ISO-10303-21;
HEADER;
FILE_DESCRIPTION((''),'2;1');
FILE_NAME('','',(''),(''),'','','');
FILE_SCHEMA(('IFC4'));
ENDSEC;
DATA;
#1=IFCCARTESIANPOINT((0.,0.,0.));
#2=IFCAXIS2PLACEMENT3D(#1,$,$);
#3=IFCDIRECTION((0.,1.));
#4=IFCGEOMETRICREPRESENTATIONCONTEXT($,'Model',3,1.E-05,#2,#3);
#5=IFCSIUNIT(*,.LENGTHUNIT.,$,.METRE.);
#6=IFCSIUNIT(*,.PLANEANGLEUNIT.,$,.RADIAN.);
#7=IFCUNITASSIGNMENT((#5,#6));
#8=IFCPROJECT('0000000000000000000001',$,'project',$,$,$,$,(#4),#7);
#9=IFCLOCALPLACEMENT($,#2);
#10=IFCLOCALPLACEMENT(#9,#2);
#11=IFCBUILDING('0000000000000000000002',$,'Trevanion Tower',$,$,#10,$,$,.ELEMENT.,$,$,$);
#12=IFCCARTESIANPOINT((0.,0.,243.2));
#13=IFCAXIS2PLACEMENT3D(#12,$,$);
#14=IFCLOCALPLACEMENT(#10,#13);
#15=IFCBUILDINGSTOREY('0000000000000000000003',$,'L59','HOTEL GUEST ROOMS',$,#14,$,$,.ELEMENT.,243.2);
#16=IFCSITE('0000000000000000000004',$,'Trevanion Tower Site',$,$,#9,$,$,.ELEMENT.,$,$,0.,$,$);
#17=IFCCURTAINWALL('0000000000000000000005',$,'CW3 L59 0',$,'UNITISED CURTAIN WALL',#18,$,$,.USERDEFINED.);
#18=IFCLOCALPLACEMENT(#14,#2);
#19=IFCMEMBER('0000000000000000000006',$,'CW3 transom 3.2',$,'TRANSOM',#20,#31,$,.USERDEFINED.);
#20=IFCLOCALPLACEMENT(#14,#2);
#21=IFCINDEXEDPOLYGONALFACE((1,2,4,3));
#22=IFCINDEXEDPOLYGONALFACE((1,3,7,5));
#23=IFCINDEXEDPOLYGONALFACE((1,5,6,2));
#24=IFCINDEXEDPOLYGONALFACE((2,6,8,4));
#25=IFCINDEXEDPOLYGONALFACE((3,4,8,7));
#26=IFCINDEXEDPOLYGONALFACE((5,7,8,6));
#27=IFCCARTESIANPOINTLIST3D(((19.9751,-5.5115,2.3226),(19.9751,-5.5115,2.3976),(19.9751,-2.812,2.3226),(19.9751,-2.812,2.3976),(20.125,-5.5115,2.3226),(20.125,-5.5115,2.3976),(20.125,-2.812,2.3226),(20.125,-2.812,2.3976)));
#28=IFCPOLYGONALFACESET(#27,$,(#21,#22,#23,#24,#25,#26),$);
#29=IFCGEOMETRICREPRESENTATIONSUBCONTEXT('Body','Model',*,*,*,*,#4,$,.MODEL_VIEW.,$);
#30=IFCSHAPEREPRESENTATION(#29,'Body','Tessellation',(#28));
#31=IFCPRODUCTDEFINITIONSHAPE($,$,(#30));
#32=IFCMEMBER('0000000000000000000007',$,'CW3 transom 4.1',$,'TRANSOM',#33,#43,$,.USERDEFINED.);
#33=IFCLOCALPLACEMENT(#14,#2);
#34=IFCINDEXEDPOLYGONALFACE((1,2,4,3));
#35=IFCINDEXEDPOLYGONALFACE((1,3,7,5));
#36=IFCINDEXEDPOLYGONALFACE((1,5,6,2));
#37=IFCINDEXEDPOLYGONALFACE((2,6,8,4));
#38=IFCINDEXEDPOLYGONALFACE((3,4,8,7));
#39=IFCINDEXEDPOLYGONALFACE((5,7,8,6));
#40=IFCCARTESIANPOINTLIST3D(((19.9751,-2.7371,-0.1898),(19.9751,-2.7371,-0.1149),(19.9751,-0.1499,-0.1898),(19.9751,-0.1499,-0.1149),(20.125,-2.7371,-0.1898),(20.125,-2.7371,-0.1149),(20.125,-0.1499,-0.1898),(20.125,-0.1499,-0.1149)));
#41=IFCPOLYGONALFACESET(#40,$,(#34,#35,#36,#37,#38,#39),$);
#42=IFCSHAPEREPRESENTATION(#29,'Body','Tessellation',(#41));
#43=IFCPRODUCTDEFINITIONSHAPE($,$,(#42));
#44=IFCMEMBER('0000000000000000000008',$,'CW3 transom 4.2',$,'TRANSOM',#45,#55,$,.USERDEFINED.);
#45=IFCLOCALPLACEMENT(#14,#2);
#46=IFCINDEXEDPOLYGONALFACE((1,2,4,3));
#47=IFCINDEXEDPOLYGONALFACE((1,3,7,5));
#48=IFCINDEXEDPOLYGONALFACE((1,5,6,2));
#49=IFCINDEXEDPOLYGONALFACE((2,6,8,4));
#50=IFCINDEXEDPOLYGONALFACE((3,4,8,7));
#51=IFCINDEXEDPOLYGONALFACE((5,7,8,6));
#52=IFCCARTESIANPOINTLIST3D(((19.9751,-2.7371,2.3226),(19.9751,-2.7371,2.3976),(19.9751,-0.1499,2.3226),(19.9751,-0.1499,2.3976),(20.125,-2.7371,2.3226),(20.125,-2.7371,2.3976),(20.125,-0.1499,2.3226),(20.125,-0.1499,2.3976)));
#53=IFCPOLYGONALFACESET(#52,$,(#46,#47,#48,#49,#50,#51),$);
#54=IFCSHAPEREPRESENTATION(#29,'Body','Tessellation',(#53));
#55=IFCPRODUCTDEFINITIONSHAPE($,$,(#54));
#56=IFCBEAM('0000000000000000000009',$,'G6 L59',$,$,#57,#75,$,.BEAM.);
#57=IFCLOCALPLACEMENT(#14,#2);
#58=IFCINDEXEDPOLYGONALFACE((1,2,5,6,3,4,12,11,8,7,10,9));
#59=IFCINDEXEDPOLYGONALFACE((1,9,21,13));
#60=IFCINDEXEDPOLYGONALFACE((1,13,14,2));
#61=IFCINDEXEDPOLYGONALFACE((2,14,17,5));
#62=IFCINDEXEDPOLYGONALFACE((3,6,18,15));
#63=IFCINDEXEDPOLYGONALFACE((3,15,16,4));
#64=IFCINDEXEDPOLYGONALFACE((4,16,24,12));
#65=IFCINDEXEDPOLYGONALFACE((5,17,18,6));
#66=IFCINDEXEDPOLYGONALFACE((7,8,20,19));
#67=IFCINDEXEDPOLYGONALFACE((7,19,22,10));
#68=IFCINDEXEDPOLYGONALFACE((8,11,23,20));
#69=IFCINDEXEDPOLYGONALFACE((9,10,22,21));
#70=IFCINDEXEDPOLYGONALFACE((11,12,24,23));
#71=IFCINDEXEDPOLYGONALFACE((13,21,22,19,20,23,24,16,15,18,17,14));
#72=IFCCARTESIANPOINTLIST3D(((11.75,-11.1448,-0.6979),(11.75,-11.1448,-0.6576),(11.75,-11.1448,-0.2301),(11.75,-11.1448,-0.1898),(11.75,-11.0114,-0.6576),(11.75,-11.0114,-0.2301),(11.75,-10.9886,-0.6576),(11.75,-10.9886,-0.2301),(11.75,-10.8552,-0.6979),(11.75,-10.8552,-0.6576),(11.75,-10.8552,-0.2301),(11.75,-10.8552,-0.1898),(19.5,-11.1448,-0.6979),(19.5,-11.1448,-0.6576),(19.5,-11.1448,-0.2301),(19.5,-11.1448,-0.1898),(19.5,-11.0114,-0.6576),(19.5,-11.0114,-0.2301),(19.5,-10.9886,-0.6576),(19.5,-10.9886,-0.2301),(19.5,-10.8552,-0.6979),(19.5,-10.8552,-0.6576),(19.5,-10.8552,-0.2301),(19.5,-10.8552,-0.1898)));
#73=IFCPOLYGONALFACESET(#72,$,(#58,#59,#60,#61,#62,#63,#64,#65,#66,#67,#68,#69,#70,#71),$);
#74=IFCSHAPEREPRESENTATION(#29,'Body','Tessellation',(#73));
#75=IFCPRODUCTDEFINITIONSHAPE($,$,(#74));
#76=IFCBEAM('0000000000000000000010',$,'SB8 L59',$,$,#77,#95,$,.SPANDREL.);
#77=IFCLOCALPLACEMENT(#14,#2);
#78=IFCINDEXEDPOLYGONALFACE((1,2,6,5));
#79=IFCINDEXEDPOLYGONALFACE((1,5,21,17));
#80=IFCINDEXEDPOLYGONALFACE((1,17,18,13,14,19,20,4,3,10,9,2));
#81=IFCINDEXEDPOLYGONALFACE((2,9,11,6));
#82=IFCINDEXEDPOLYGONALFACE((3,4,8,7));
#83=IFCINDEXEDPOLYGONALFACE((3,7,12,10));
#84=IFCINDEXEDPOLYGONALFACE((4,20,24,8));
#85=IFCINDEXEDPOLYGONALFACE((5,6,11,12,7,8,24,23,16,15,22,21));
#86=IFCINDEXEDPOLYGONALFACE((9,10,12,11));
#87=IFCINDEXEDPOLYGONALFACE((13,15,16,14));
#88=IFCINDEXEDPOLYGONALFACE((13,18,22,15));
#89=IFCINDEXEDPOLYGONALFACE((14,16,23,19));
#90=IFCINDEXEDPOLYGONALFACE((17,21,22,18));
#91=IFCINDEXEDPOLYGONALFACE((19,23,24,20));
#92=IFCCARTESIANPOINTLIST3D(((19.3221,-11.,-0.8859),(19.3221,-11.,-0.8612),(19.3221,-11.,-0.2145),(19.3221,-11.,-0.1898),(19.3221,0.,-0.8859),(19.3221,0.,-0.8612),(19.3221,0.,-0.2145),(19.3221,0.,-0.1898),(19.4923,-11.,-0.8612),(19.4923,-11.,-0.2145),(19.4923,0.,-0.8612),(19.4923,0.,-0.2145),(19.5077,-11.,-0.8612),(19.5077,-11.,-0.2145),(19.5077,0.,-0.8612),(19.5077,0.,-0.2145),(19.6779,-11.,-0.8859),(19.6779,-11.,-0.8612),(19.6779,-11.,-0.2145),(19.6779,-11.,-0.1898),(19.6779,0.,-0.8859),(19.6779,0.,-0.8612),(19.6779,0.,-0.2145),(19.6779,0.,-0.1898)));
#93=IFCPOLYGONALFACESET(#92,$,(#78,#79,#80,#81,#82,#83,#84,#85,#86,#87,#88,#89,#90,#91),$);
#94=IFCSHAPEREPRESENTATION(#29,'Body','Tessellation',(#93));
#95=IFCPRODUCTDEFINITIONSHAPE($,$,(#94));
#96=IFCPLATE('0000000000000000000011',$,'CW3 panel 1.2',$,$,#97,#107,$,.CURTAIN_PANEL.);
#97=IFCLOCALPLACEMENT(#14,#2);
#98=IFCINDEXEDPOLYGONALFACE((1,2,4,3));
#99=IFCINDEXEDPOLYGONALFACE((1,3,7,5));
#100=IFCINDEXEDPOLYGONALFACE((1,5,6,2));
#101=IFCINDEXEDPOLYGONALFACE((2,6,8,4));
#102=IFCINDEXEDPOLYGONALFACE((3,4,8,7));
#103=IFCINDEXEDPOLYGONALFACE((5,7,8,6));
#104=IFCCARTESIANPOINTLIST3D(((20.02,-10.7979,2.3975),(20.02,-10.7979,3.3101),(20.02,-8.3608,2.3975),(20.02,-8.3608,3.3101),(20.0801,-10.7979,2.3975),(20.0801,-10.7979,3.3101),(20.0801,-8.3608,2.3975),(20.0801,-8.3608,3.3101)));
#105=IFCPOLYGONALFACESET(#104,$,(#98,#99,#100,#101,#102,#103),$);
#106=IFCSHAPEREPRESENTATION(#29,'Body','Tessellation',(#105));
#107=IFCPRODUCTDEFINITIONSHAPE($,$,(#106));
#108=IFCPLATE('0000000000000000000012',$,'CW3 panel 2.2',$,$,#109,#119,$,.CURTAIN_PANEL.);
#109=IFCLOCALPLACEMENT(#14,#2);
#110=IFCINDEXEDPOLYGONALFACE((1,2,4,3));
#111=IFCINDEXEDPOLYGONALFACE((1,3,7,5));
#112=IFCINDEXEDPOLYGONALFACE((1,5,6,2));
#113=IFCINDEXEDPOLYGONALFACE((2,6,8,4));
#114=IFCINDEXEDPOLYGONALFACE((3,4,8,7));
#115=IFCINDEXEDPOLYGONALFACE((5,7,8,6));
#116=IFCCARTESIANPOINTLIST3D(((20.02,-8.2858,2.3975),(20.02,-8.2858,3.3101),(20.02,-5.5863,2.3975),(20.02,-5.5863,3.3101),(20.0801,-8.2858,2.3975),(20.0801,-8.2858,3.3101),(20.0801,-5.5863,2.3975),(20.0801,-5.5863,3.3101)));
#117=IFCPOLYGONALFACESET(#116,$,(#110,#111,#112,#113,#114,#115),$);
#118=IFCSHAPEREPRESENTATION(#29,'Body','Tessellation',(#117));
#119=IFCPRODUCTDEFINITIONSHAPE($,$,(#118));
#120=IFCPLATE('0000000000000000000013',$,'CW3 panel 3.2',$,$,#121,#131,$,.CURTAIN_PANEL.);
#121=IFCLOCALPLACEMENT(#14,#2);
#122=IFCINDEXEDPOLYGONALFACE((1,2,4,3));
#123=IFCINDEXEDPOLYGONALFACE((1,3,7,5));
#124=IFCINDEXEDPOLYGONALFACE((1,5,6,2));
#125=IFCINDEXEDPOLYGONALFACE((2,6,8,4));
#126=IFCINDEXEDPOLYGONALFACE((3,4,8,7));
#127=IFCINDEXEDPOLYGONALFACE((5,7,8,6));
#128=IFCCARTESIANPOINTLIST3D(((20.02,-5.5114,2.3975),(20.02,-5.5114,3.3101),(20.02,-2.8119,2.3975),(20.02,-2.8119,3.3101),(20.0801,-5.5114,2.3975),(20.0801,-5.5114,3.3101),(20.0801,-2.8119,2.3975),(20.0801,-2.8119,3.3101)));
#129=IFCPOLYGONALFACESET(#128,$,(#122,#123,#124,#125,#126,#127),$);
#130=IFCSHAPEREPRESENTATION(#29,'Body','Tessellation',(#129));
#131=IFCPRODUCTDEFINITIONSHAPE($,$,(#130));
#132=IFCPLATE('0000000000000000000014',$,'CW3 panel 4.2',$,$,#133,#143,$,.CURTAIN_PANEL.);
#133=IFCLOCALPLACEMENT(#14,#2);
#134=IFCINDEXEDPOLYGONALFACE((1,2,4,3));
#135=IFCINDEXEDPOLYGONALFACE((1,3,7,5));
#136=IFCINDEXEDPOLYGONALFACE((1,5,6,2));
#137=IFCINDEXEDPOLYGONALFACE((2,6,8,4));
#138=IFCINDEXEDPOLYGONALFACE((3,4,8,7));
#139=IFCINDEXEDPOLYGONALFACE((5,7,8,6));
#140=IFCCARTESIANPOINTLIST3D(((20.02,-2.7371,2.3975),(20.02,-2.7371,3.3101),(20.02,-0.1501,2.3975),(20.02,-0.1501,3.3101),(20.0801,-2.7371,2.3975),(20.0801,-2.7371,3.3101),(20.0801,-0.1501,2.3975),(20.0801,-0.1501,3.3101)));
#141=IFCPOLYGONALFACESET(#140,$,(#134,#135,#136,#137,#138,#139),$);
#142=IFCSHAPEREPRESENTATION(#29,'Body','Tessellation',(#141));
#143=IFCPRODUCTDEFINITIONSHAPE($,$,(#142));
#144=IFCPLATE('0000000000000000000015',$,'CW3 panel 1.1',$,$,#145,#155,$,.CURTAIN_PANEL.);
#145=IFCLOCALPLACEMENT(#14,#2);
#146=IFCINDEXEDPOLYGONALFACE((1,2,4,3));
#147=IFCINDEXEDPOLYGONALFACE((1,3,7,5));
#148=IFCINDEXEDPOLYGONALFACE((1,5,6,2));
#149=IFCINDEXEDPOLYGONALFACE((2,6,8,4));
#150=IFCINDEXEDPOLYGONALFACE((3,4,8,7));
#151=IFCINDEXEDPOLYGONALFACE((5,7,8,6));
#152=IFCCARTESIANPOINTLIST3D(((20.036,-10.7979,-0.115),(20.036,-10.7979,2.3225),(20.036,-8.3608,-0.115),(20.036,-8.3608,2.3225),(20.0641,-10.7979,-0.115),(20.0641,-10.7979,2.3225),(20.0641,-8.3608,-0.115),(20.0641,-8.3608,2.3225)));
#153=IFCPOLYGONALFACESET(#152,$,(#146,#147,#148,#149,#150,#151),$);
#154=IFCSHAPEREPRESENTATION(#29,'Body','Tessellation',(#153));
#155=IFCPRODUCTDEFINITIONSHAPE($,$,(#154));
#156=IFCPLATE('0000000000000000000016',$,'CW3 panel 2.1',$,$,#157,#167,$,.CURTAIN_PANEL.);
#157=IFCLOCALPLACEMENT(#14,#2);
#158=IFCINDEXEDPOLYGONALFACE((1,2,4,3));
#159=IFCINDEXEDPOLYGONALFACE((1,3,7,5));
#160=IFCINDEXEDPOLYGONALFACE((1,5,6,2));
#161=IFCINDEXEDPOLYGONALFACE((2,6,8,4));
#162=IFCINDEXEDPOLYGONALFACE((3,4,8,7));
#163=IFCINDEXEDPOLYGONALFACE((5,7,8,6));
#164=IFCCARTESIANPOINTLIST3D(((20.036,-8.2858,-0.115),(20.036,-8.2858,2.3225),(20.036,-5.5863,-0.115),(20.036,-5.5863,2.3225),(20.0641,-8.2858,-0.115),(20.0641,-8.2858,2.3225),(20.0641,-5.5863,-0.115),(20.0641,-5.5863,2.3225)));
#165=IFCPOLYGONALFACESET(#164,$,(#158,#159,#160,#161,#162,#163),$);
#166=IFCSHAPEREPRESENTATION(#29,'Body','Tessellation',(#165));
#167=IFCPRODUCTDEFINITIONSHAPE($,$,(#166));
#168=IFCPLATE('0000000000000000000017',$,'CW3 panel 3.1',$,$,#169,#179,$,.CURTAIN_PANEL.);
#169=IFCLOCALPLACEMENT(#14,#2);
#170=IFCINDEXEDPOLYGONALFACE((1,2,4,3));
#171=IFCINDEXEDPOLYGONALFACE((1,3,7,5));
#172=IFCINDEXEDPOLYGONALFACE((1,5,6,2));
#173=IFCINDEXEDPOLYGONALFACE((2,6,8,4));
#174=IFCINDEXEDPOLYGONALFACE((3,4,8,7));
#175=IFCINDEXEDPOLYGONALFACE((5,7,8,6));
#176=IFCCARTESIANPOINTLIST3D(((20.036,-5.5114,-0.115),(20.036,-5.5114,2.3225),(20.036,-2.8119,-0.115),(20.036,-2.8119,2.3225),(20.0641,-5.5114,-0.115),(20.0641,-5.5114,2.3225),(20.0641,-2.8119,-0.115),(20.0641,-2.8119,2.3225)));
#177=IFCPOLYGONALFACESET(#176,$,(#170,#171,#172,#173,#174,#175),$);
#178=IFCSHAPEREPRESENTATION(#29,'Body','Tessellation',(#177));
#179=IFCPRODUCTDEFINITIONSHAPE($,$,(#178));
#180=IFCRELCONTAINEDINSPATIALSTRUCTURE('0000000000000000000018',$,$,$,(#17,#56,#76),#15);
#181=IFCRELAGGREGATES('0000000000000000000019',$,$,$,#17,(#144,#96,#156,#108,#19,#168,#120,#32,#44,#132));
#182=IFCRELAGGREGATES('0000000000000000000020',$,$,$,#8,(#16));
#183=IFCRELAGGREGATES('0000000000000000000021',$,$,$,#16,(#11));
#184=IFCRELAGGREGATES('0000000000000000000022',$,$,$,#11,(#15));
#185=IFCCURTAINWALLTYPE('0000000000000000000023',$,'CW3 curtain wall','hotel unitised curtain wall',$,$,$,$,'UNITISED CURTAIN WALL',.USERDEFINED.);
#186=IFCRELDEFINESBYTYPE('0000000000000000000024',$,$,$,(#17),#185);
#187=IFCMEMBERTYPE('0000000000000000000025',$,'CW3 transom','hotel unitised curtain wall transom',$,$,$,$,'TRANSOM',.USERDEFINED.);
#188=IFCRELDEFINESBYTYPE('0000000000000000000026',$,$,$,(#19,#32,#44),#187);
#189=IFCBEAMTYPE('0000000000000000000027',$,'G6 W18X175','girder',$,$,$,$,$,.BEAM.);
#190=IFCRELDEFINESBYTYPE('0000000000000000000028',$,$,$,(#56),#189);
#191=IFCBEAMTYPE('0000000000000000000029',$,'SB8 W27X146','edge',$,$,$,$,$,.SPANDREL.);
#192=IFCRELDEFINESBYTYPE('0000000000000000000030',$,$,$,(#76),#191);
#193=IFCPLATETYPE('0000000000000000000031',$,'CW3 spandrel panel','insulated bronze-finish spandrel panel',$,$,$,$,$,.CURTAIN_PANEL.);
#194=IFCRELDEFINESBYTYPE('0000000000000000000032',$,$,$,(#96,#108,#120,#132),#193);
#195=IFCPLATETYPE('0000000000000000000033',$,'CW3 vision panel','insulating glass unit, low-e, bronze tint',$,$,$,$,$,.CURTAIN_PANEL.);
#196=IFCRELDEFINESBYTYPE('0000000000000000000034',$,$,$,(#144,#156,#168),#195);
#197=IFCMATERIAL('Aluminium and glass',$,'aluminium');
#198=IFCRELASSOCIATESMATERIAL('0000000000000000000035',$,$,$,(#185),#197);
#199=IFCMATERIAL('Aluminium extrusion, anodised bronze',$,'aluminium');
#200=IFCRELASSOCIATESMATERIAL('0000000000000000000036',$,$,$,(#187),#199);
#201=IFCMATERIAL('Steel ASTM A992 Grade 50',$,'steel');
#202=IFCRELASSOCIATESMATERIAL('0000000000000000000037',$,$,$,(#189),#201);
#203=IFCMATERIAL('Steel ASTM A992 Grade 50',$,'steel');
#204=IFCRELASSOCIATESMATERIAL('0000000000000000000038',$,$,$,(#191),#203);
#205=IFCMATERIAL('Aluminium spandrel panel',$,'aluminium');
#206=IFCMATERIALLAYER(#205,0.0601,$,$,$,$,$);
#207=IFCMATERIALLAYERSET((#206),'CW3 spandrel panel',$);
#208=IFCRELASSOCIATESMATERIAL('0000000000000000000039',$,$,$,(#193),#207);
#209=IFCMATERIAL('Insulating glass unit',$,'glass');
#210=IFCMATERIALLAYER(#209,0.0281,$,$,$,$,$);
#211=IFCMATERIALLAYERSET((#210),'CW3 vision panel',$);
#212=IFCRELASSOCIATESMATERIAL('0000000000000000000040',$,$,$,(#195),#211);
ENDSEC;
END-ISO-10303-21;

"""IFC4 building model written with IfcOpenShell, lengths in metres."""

from ifc_helpers import new_model, si_unit, direction, frame, origin, origin_2d, place, context, subcontext, project, spatial, rectangle, i_section, extrude, material, layer, layer_set, material_profile, profile_set, type_object, element, aggregate, save


model = new_model("IFC4")

# Units and contexts
model_context = context("Model", 3, precision=1e-05, world=origin(), true_north=direction((0.0, 1.0)))
body_context = subcontext(model_context, "Body", "Model", "MODEL_VIEW")
ifc_project = project(units=[si_unit("LENGTHUNIT", "METRE"), si_unit("PLANEANGLEUNIT", "RADIAN")], contexts=[model_context])

# Site, building, storey
site_placement = place(None, origin())
site = spatial("IfcSite", under=ifc_project, at=site_placement, Name="Trevanion Tower Site", CompositionType="ELEMENT", RefElevation=0.0)
building_placement = place(site_placement, origin())
building = spatial("IfcBuilding", under=site, at=building_placement, Name="Trevanion Tower", CompositionType="ELEMENT")
storey_placement = place(building_placement, frame((0.0, 0.0, 243.2)))
storey = spatial("IfcBuildingStorey", under=building, at=storey_placement, Name="L59", Description="HOTEL GUEST ROOMS", CompositionType="ELEMENT", Elevation=243.2)

# Curtain wall, members
ifc_material_1 = material(Name="Aluminium and glass", Category="aluminium")
curtain_wall_type = type_object("IfcCurtainWallType", Name="CW3 curtain wall", Description="hotel unitised curtain wall", ElementType="UNITISED CURTAIN WALL", PredefinedType="USERDEFINED", material=ifc_material_1)
curtain_wall_placement = place(storey_placement, origin())
curtain_wall = element("IfcCurtainWall", 1, at=curtain_wall_placement, inside=storey, type_object=curtain_wall_type, Name="CW3 L59 0", ObjectType="UNITISED CURTAIN WALL", PredefinedType="USERDEFINED")
ifc_material_2 = material(Name="Aluminium extrusion, anodised bronze", Category="aluminium")
ifc_material_profile_1 = material_profile(ifc_material_2, rectangle(XDim=0.1499, YDim=0.075, at=origin_2d()), Name="CW3 transom")
ifc_profile_set_1 = profile_set([ifc_material_profile_1], Name="Aluminium extrusion, anodised bronze")
member_type_1 = type_object("IfcMemberType", Name="CW3 transom", Description="hotel unitised curtain wall transom", ElementType="TRANSOM", PredefinedType="USERDEFINED", material=ifc_profile_set_1)
member_1_placement = place(storey_placement, frame((20.05, -5.5115, 2.3601), z_axis=(0.0, 1.0, 0.0), x_axis=(-1.0, 0.0, 0.0)))
member_1 = element("IfcMember", 2, at=member_1_placement, type_object=member_type_1, Name="CW3 transom 3.2", ObjectType="TRANSOM", PredefinedType="USERDEFINED", context=body_context, shape_type="SweptSolid", body=[
    extrude(rectangle(XDim=0.1499, YDim=0.075, at=origin_2d()), origin(), (0.0, 0.0, 1.0), 2.6995),
])
member_2_placement = place(storey_placement, frame((20.05, -2.7371, -0.1523), z_axis=(0.0, 1.0, 0.0), x_axis=(-1.0, 0.0, 0.0)))
member_2 = element("IfcMember", 3, at=member_2_placement, type_object=member_type_1, Name="CW3 transom 4.1", ObjectType="TRANSOM", PredefinedType="USERDEFINED", context=body_context, shape_type="SweptSolid", body=[
    extrude(rectangle(XDim=0.1499, YDim=0.075, at=origin_2d()), origin(), (0.0, 0.0, 1.0), 2.5872),
])
member_3_placement = place(storey_placement, frame((20.05, -2.7371, 2.3601), z_axis=(0.0, 1.0, 0.0), x_axis=(-1.0, 0.0, 0.0)))
member_3 = element("IfcMember", 4, at=member_3_placement, type_object=member_type_1, Name="CW3 transom 4.2", ObjectType="TRANSOM", PredefinedType="USERDEFINED", context=body_context, shape_type="SweptSolid", body=[
    extrude(rectangle(XDim=0.1499, YDim=0.075, at=origin_2d()), origin(), (0.0, 0.0, 1.0), 2.5872),
])

# Beams
ifc_material_3 = material(Name="Steel ASTM A992 Grade 50", Category="steel")
ifc_material_profile_2 = material_profile(ifc_material_3, i_section(OverallWidth=0.2896, OverallDepth=0.5081, WebThickness=0.0227, FlangeThickness=0.0403, at=origin_2d()), Name="W18X175")
ifc_profile_set_2 = profile_set([ifc_material_profile_2], Name="Steel ASTM A992 Grade 50")
beam_type_1 = type_object("IfcBeamType", Name="G6 W18X175", Description="girder", PredefinedType="BEAM", material=ifc_profile_set_2)
beam_1_placement = place(storey_placement, frame((11.75, -11.0, -0.4438), z_axis=(1.0, 0.0, 0.0), x_axis=(0.0, 1.0, 0.0)))
element("IfcBeam", 5, at=beam_1_placement, inside=storey, type_object=beam_type_1, Name="G6 L59", PredefinedType="BEAM", context=body_context, shape_type="SweptSolid", body=[
    extrude(i_section(OverallWidth=0.2896, OverallDepth=0.5081, WebThickness=0.0227, FlangeThickness=0.0403, at=origin_2d()), origin(), (0.0, 0.0, 1.0), 7.75),
])
ifc_material_4 = material(Name="Steel ASTM A992 Grade 50", Category="steel")
ifc_material_profile_3 = material_profile(ifc_material_4, i_section(OverallWidth=0.3557, OverallDepth=0.696, WebThickness=0.0154, FlangeThickness=0.0247, at=origin_2d()), Name="W27X146")
ifc_profile_set_3 = profile_set([ifc_material_profile_3], Name="Steel ASTM A992 Grade 50")
beam_type_2 = type_object("IfcBeamType", Name="SB8 W27X146", Description="edge", PredefinedType="SPANDREL", material=ifc_profile_set_3)
beam_2_placement = place(storey_placement, frame((19.5, -11.0, -0.5378), z_axis=(0.0, 1.0, 0.0), x_axis=(-1.0, 0.0, 0.0)))
element("IfcBeam", 6, at=beam_2_placement, inside=storey, type_object=beam_type_2, Name="SB8 L59", PredefinedType="SPANDREL", context=body_context, shape_type="SweptSolid", body=[
    extrude(i_section(OverallWidth=0.3557, OverallDepth=0.696, WebThickness=0.0154, FlangeThickness=0.0247, at=origin_2d()), origin(), (0.0, 0.0, 1.0), 11.0),
])

# Plates
ifc_material_5 = material(Name="Aluminium spandrel panel", Category="aluminium")
ifc_layer_1 = layer(ifc_material_5, 0.0601)
ifc_layer_set_1 = layer_set([ifc_layer_1], Name="CW3 spandrel panel")
plate_type_1 = type_object("IfcPlateType", Name="CW3 spandrel panel", Description="insulated bronze-finish spandrel panel", PredefinedType="CURTAIN_PANEL", material=ifc_layer_set_1)
plate_1_placement = place(storey_placement, frame((20.05, -9.5793, 2.3975), z_axis=(0.0, 0.0, 1.0), x_axis=(0.0, 1.0, 0.0)))
plate_1 = element("IfcPlate", 7, at=plate_1_placement, type_object=plate_type_1, Name="CW3 panel 1.2", PredefinedType="CURTAIN_PANEL", context=body_context, shape_type="SweptSolid", body=[
    extrude(rectangle(XDim=2.437, YDim=0.0601, at=origin_2d()), origin(), (0.0, 0.0, 1.0), 0.9126),
])
plate_2_placement = place(storey_placement, frame((20.05, -6.936, 2.3975), z_axis=(0.0, 0.0, 1.0), x_axis=(0.0, 1.0, 0.0)))
plate_2 = element("IfcPlate", 8, at=plate_2_placement, type_object=plate_type_1, Name="CW3 panel 2.2", PredefinedType="CURTAIN_PANEL", context=body_context, shape_type="SweptSolid", body=[
    extrude(rectangle(XDim=2.6995, YDim=0.0601, at=origin_2d()), origin(), (0.0, 0.0, 1.0), 0.9126),
])
plate_3_placement = place(storey_placement, frame((20.05, -4.1616, 2.3975), z_axis=(0.0, 0.0, 1.0), x_axis=(0.0, 1.0, 0.0)))
plate_3 = element("IfcPlate", 9, at=plate_3_placement, type_object=plate_type_1, Name="CW3 panel 3.2", PredefinedType="CURTAIN_PANEL", context=body_context, shape_type="SweptSolid", body=[
    extrude(rectangle(XDim=2.6995, YDim=0.0601, at=origin_2d()), origin(), (0.0, 0.0, 1.0), 0.9126),
])
plate_4_placement = place(storey_placement, frame((20.05, -1.4436, 2.3975), z_axis=(0.0, 0.0, 1.0), x_axis=(0.0, 1.0, 0.0)))
plate_4 = element("IfcPlate", 10, at=plate_4_placement, type_object=plate_type_1, Name="CW3 panel 4.2", PredefinedType="CURTAIN_PANEL", context=body_context, shape_type="SweptSolid", body=[
    extrude(rectangle(XDim=2.5869, YDim=0.0601, at=origin_2d()), origin(), (0.0, 0.0, 1.0), 0.9126),
])
ifc_material_6 = material(Name="Insulating glass unit", Category="glass")
ifc_layer_2 = layer(ifc_material_6, 0.0281)
ifc_layer_set_2 = layer_set([ifc_layer_2], Name="CW3 vision panel")
plate_type_2 = type_object("IfcPlateType", Name="CW3 vision panel", Description="insulating glass unit, low-e, bronze tint", PredefinedType="CURTAIN_PANEL", material=ifc_layer_set_2)
plate_5_placement = place(storey_placement, frame((20.05, -9.5793, -0.115), z_axis=(0.0, 0.0, 1.0), x_axis=(0.0, 1.0, 0.0)))
plate_5 = element("IfcPlate", 11, at=plate_5_placement, type_object=plate_type_2, Name="CW3 panel 1.1", PredefinedType="CURTAIN_PANEL", context=body_context, shape_type="SweptSolid", body=[
    extrude(rectangle(XDim=2.437, YDim=0.0281, at=origin_2d()), origin(), (0.0, 0.0, 1.0), 2.4375),
])
plate_6_placement = place(storey_placement, frame((20.05, -6.936, -0.115), z_axis=(0.0, 0.0, 1.0), x_axis=(0.0, 1.0, 0.0)))
plate_6 = element("IfcPlate", 12, at=plate_6_placement, type_object=plate_type_2, Name="CW3 panel 2.1", PredefinedType="CURTAIN_PANEL", context=body_context, shape_type="SweptSolid", body=[
    extrude(rectangle(XDim=2.6995, YDim=0.0281, at=origin_2d()), origin(), (0.0, 0.0, 1.0), 2.4375),
])
plate_7_placement = place(storey_placement, frame((20.05, -4.1616, -0.115), z_axis=(0.0, 0.0, 1.0), x_axis=(0.0, 1.0, 0.0)))
plate_7 = element("IfcPlate", 13, at=plate_7_placement, type_object=plate_type_2, Name="CW3 panel 3.1", PredefinedType="CURTAIN_PANEL", context=body_context, shape_type="SweptSolid", body=[
    extrude(rectangle(XDim=2.6995, YDim=0.0281, at=origin_2d()), origin(), (0.0, 0.0, 1.0), 2.4375),
])
aggregate(curtain_wall, [plate_5, plate_1, plate_6, plate_2, member_1, plate_7, plate_3, member_2, member_3, plate_4])

save(model, "model.ifc")
